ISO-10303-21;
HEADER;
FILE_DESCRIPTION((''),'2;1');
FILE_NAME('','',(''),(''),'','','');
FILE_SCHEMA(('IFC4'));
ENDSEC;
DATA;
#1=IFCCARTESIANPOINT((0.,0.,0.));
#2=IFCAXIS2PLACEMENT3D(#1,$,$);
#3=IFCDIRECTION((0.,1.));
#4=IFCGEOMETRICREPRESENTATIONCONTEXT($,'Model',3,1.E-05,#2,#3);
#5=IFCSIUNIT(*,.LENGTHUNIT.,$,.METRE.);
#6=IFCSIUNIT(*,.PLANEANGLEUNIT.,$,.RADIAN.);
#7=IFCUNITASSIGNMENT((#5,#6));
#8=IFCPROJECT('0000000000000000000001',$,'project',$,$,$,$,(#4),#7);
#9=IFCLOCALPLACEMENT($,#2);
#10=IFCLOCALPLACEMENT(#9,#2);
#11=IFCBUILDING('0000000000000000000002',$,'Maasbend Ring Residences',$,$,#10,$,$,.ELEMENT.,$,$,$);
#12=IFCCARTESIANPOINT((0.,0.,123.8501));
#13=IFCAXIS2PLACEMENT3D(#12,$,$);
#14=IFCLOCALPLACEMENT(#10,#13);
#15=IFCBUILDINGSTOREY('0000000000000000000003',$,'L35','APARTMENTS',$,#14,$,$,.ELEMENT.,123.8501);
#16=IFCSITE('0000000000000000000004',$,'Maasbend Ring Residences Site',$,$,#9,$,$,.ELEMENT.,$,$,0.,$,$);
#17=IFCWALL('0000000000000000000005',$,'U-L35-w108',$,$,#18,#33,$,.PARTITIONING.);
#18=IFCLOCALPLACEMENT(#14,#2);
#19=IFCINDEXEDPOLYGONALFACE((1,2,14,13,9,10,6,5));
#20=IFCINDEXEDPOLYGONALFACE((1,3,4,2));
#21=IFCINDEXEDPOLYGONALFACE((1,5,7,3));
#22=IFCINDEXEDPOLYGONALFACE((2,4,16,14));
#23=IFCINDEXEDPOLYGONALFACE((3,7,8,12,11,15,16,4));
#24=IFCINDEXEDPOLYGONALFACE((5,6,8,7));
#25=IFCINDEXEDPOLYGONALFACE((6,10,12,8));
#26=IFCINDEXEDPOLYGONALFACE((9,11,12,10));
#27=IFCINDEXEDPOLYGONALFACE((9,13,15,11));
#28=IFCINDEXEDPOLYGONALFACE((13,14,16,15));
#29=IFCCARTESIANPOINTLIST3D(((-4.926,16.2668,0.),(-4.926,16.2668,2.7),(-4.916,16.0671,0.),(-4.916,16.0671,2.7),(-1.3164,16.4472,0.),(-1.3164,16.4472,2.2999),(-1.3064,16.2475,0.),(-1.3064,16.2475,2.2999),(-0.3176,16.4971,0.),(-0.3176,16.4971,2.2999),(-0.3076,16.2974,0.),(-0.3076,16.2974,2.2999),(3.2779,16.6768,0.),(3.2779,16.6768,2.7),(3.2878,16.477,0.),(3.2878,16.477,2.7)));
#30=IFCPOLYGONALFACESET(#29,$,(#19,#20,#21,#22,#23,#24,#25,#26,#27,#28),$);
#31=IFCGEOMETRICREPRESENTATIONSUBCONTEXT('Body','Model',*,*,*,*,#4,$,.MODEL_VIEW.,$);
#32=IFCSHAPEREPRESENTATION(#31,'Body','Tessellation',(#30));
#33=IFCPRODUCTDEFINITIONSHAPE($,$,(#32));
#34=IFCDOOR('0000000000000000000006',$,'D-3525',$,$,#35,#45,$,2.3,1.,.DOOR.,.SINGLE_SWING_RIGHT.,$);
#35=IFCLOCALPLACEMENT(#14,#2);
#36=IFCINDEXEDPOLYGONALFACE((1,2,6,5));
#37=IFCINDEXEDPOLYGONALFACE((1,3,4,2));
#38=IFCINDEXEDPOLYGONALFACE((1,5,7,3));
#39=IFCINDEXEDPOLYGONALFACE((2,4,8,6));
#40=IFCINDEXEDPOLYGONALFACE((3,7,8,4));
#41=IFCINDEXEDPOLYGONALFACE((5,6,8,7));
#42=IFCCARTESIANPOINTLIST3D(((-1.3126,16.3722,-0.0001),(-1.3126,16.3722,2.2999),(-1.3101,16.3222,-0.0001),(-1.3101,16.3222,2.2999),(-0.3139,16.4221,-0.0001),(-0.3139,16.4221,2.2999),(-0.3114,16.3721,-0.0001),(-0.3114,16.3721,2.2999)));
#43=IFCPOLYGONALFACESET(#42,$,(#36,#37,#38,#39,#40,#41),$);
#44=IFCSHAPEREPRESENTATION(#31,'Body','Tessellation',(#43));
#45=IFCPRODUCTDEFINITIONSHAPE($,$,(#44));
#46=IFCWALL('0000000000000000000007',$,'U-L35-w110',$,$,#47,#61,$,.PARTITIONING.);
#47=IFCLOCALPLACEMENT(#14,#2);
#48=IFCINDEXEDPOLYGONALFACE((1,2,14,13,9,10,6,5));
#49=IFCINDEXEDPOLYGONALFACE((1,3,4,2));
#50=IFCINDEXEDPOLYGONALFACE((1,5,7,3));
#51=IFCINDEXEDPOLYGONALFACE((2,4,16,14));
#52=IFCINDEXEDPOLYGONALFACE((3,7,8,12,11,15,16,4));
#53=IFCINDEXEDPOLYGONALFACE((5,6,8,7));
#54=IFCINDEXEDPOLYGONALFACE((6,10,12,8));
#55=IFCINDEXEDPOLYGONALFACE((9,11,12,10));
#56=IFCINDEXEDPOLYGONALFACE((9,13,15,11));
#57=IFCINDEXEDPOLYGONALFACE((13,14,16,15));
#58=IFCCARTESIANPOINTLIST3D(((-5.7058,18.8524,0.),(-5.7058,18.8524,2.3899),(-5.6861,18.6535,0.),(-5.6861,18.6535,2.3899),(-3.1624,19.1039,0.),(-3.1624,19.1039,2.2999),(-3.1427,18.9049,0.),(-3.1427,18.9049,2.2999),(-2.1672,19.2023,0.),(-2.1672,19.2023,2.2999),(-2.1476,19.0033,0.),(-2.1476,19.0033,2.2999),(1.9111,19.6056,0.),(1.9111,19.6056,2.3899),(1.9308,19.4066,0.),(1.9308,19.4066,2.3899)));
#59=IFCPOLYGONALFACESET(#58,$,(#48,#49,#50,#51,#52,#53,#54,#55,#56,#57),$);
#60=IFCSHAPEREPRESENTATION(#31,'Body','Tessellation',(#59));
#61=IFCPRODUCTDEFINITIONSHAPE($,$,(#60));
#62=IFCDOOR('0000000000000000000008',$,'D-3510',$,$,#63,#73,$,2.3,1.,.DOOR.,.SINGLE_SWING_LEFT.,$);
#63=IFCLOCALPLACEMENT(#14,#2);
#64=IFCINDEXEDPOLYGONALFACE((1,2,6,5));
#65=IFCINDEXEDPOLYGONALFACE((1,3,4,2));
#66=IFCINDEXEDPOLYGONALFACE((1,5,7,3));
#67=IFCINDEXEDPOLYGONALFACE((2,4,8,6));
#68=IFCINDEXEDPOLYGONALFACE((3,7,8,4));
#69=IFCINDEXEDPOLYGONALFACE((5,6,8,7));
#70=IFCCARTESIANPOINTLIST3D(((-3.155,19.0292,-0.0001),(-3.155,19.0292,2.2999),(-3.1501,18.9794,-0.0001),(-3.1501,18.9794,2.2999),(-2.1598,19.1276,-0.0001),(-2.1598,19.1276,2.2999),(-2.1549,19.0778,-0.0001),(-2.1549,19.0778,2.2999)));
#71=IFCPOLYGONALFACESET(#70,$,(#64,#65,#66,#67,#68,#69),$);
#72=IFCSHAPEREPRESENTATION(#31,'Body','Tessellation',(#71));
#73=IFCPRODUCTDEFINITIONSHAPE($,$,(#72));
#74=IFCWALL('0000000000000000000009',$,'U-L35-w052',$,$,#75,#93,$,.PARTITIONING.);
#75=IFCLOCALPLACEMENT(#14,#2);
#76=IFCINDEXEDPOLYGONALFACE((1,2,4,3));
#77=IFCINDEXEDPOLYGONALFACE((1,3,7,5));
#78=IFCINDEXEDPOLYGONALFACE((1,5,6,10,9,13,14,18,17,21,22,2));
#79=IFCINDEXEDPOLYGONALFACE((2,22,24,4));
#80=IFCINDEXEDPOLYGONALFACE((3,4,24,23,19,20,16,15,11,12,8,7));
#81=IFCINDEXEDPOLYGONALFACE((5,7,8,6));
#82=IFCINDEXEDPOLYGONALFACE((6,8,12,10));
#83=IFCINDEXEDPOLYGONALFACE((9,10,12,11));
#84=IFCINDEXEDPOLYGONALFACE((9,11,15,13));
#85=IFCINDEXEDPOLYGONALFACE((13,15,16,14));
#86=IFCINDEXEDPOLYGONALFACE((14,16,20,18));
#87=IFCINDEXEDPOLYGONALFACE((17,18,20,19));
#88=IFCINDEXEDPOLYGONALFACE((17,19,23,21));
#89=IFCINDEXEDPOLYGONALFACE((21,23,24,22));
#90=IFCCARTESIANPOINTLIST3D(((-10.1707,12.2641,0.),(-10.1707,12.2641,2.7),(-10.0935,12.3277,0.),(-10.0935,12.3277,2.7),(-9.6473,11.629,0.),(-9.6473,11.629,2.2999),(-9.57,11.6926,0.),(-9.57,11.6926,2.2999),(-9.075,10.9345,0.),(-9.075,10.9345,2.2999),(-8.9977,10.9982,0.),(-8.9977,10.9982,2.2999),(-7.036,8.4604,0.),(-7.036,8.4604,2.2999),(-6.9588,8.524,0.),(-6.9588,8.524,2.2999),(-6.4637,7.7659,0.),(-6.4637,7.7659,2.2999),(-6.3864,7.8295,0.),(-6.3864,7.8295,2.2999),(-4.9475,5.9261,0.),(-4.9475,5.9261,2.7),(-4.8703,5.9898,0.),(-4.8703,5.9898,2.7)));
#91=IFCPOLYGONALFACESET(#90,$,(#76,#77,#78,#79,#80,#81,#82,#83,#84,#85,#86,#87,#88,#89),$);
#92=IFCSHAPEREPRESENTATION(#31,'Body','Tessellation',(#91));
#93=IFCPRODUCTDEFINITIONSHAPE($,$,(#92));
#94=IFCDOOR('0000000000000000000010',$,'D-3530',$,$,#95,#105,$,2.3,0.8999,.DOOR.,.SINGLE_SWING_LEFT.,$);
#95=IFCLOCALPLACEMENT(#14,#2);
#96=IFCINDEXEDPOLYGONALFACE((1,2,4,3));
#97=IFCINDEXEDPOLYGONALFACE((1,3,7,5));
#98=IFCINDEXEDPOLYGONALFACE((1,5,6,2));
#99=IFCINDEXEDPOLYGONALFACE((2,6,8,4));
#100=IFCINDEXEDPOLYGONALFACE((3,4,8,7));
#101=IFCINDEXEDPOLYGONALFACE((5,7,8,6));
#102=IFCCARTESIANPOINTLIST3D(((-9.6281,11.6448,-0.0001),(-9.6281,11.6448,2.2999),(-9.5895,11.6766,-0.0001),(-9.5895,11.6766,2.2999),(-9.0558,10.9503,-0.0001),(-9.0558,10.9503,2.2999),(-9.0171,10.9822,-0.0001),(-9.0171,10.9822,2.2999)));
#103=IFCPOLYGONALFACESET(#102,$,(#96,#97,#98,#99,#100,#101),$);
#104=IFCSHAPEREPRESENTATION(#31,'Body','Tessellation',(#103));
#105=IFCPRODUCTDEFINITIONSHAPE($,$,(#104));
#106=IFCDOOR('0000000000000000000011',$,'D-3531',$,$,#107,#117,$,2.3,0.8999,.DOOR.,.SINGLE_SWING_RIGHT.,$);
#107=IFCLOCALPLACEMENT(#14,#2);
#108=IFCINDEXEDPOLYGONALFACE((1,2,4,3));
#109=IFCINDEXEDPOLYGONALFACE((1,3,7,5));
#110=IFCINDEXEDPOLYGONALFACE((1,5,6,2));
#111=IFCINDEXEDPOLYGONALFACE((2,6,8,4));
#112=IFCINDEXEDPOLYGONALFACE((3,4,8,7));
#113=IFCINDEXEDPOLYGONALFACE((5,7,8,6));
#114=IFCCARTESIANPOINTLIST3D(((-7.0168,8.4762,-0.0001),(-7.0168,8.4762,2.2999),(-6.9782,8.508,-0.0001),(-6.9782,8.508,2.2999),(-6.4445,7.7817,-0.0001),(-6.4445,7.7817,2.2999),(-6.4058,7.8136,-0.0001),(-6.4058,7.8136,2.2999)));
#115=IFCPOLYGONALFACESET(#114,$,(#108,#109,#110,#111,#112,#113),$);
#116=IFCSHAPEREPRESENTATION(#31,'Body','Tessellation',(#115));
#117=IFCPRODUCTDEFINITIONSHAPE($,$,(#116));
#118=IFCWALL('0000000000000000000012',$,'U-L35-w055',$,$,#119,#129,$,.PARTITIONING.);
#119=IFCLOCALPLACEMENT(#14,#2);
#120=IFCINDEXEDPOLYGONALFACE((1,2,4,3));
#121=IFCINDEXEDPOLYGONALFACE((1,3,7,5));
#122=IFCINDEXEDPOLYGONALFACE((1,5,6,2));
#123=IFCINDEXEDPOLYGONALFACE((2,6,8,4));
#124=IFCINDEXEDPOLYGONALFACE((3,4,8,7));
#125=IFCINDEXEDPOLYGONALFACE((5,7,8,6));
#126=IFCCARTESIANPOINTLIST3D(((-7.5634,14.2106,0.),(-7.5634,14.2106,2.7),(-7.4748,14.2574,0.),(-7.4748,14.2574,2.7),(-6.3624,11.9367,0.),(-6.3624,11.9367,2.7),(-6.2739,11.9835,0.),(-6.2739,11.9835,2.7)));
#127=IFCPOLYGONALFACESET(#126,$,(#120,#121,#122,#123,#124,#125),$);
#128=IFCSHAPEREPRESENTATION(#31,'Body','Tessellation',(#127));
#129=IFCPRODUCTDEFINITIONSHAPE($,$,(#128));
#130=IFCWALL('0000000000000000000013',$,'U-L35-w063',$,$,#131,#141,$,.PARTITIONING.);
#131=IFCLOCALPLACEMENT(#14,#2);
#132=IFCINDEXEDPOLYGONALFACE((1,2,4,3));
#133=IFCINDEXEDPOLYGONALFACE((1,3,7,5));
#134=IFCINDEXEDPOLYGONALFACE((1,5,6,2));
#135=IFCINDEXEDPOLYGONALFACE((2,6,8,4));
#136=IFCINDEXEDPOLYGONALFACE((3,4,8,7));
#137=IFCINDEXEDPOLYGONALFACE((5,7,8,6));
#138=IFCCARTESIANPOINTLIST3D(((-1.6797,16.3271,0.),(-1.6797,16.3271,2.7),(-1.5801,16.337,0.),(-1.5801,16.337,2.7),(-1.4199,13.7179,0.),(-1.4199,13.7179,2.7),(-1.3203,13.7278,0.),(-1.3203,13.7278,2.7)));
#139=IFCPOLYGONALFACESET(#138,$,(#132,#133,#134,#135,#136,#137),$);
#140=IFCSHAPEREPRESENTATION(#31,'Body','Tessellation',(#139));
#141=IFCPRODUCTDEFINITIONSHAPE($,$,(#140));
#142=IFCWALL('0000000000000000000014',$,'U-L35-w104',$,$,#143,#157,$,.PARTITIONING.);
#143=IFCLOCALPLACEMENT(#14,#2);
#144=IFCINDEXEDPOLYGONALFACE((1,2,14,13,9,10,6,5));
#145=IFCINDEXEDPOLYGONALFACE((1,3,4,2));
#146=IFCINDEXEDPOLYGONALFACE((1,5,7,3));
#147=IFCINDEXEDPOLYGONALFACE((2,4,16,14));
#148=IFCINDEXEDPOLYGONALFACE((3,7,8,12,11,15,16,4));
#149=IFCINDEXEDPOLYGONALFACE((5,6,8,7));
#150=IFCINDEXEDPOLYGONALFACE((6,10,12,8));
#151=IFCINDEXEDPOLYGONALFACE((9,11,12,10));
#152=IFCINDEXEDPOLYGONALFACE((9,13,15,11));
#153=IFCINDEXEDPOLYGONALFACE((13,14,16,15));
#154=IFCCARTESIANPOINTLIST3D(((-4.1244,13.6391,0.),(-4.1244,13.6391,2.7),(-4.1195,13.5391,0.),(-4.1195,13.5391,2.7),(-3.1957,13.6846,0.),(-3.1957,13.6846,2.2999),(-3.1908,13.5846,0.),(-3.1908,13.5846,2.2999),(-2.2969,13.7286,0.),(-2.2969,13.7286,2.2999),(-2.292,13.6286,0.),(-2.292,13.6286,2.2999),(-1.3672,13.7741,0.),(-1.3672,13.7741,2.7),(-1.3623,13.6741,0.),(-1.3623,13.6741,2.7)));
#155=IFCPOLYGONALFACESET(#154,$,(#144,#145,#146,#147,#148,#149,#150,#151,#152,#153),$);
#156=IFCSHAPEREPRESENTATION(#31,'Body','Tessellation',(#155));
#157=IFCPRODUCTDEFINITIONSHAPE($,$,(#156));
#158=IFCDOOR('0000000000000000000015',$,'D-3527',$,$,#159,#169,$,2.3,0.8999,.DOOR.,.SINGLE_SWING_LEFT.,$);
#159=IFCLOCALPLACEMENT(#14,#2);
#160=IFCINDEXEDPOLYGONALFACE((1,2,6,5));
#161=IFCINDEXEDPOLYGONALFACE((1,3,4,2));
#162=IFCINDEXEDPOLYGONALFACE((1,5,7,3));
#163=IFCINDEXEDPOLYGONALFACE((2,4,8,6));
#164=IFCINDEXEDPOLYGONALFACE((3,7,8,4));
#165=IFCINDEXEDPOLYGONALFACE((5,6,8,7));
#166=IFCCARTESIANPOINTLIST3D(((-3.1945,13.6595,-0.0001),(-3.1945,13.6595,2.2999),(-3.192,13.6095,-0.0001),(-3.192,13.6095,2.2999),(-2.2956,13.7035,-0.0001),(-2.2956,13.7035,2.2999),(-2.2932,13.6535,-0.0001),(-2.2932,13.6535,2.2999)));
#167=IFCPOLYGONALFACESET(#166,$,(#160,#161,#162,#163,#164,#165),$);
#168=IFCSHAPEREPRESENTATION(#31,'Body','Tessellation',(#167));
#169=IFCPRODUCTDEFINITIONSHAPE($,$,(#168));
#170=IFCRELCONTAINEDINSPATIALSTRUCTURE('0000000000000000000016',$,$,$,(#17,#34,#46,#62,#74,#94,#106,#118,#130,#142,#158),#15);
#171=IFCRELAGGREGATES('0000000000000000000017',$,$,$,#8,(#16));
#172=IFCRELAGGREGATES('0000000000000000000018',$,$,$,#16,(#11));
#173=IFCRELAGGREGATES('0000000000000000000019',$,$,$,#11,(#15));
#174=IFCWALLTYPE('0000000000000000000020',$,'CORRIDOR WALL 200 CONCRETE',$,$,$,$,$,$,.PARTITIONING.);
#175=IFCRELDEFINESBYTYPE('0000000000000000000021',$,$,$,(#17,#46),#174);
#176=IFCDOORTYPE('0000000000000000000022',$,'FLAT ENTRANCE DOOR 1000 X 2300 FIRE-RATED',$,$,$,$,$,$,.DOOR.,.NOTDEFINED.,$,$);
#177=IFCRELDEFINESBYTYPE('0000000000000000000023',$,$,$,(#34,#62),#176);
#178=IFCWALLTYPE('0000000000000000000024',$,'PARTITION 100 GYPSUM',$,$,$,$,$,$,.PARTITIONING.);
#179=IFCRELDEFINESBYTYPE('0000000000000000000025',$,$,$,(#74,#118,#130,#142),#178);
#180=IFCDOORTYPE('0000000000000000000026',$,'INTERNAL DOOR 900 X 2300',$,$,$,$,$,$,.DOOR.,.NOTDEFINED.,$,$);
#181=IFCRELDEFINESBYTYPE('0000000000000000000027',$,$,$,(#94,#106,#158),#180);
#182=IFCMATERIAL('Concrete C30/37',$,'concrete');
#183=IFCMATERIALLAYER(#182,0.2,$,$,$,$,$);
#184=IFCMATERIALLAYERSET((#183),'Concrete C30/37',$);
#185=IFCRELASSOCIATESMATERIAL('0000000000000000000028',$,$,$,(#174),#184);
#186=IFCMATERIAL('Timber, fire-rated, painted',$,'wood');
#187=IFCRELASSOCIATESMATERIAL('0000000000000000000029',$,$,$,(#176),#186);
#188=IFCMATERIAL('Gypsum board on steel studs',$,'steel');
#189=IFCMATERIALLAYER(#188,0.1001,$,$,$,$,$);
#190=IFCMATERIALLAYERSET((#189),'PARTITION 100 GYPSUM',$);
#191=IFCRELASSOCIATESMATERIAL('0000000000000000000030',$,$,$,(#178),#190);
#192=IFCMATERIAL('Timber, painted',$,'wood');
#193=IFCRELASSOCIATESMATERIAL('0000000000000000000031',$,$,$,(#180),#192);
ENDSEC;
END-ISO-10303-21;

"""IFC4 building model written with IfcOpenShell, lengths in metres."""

from ifc_helpers import new_model, si_unit, direction, frame, frame_2d, origin, place, context, subcontext, project, spatial, rectangle, extrude, material, layer, layer_set, type_object, element, fill, save


model = new_model("IFC4")

# Units and contexts
model_context = context("Model", 3, precision=1e-05, world=origin(), true_north=direction((0.0, 1.0)))
body_context = subcontext(model_context, "Body", "Model", "MODEL_VIEW")
ifc_project = project(units=[si_unit("LENGTHUNIT", "METRE"), si_unit("PLANEANGLEUNIT", "RADIAN")], contexts=[model_context])

# Site, building, storey
site_placement = place(None, origin())
site = spatial("IfcSite", under=ifc_project, at=site_placement, Name="Maasbend Ring Residences Site", CompositionType="ELEMENT", RefElevation=0.0)
building_placement = place(site_placement, origin())
building = spatial("IfcBuilding", under=site, at=building_placement, Name="Maasbend Ring Residences", CompositionType="ELEMENT")
storey_placement = place(building_placement, frame((0.0, 0.0, 123.8501)))
storey = spatial("IfcBuildingStorey", under=building, at=storey_placement, Name="L35", Description="APARTMENTS", CompositionType="ELEMENT", Elevation=123.8501)

# Walls, openings, doors
ifc_material_1 = material(Name="Concrete C30/37", Category="concrete")
ifc_layer_1 = layer(ifc_material_1, 0.2)
ifc_layer_set_1 = layer_set([ifc_layer_1], Name="Concrete C30/37")
wall_type_1 = type_object("IfcWallType", Name="CORRIDOR WALL 200 CONCRETE", PredefinedType="PARTITIONING", material=ifc_layer_set_1)
wall_1_placement = place(storey_placement, frame((-4.9209, 16.167, 0.0), z_axis=(0.0, 0.0, 1.0), x_axis=(0.998754, 0.049904, 0.0)))
wall_1 = element("IfcWall", 1, at=wall_1_placement, inside=storey, type_object=wall_type_1, Name="U-L35-w108", PredefinedType="PARTITIONING", context=body_context, shape_type="SweptSolid", body=[
    extrude(rectangle(XDim=8.2141, YDim=0.2, at=frame_2d((4.1069, 0.0))), origin(), (0.0, 0.0, 1.0), 2.7),
])
opening_1_placement = place(wall_1_placement, frame((3.614, 0.0, 0.0)))
opening_1 = element("IfcOpeningElement", 2, at=opening_1_placement, cuts=wall_1, PredefinedType="OPENING", context=body_context, shape_type="SweptSolid", body=[
    extrude(rectangle(XDim=1.0, YDim=2.3, at=frame_2d((0.5, 1.1499))), frame((0.0, 0.1099, 0.0), z_axis=(0.0, -1.0, 0.0), x_axis=(1.0, 0.0, 0.0)), (0.0, 0.0, 1.0), 0.22),
])
ifc_material_2 = material(Name="Timber, fire-rated, painted", Category="wood")
door_type_1 = type_object("IfcDoorType", Name="FLAT ENTRANCE DOOR 1000 X 2300 FIRE-RATED", OperationType="NOTDEFINED", PredefinedType="DOOR", material=ifc_material_2)
door_1_placement = place(opening_1_placement, origin())
door_1 = element("IfcDoor", 3, at=door_1_placement, inside=storey, type_object=door_type_1, Name="D-3525", OperationType="SINGLE_SWING_RIGHT", OverallHeight=2.3, OverallWidth=1.0, PredefinedType="DOOR", context=body_context, shape_type="SweptSolid", body=[
    extrude(rectangle(XDim=1.0, YDim=2.3, at=frame_2d((0.5, 1.1499))), frame((0.0, 0.0249, 0.0), z_axis=(0.0, -1.0, 0.0), x_axis=(1.0, 0.0, 0.0)), (0.0, 0.0, 1.0), 0.05),
])
fill(opening_1, door_1)
wall_2_placement = place(storey_placement, frame((-5.696, 18.7529, 0.0), z_axis=(0.0, 0.0, 1.0), x_axis=(0.995147, 0.098401, 0.0)))
wall_2 = element("IfcWall", 4, at=wall_2_placement, inside=storey, type_object=wall_type_1, Name="U-L35-w110", PredefinedType="PARTITIONING", context=body_context, shape_type="SweptSolid", body=[
    extrude(rectangle(XDim=7.6541, YDim=0.2, at=frame_2d((3.8271, 0.0))), origin(), (0.0, 0.0, 1.0), 2.3899),
])
opening_2_placement = place(wall_2_placement, frame((2.5559, 0.0, 0.0)))
opening_2 = element("IfcOpeningElement", 5, at=opening_2_placement, cuts=wall_2, PredefinedType="OPENING", context=body_context, shape_type="SweptSolid", body=[
    extrude(rectangle(XDim=1.0, YDim=2.3, at=frame_2d((0.5, 1.1499))), frame((0.0, 0.1099, 0.0), z_axis=(0.0, -1.0, 0.0), x_axis=(1.0, 0.0, 0.0)), (0.0, 0.0, 1.0), 0.22),
])
door_2_placement = place(opening_2_placement, origin())
door_2 = element("IfcDoor", 6, at=door_2_placement, inside=storey, type_object=door_type_1, Name="D-3510", OperationType="SINGLE_SWING_LEFT", OverallHeight=2.3, OverallWidth=1.0, PredefinedType="DOOR", context=body_context, shape_type="SweptSolid", body=[
    extrude(rectangle(XDim=1.0, YDim=2.3, at=frame_2d((0.5, 1.1499))), frame((0.0, 0.0249, 0.0), z_axis=(0.0, -1.0, 0.0), x_axis=(1.0, 0.0, 0.0)), (0.0, 0.0, 1.0), 0.05),
])
fill(opening_2, door_2)

# Wall, openings, doors
ifc_material_3 = material(Name="Gypsum board on steel studs", Category="steel")
ifc_layer_2 = layer(ifc_material_3, 0.1001)
ifc_layer_set_2 = layer_set([ifc_layer_2], Name="PARTITION 100 GYPSUM")
wall_type_2 = type_object("IfcWallType", Name="PARTITION 100 GYPSUM", PredefinedType="PARTITIONING", material=ifc_layer_set_2)
wall_3_placement = place(storey_placement, frame((-10.1321, 12.2959, 0.0), z_axis=(0.0, 0.0, 1.0), x_axis=(0.635976, -0.771709, 0.0)))
wall_3 = element("IfcWall", 7, at=wall_3_placement, inside=storey, type_object=wall_type_2, Name="U-L35-w052", PredefinedType="PARTITIONING", context=body_context, shape_type="SweptSolid", body=[
    extrude(rectangle(XDim=8.2129, YDim=0.1001, at=frame_2d((4.1064, 0.0))), origin(), (0.0, 0.0, 1.0), 2.7),
])
opening_3_placement = place(wall_3_placement, frame((0.823, 0.0, 0.0)))
opening_3 = element("IfcOpeningElement", 8, at=opening_3_placement, cuts=wall_3, PredefinedType="OPENING", context=body_context, shape_type="SweptSolid", body=[
    extrude(rectangle(XDim=0.8999, YDim=2.3, at=frame_2d((0.45, 1.1499))), frame((0.0, 0.0601, 0.0), z_axis=(0.0, -1.0, 0.0), x_axis=(1.0, 0.0, 0.0)), (0.0, 0.0, 1.0), 0.1201),
])
opening_4_placement = place(wall_3_placement, frame((4.929, 0.0, 0.0)))
opening_4 = element("IfcOpeningElement", 9, at=opening_4_placement, cuts=wall_3, PredefinedType="OPENING", context=body_context, shape_type="SweptSolid", body=[
    extrude(rectangle(XDim=0.8999, YDim=2.3, at=frame_2d((0.45, 1.1499))), frame((0.0, 0.0601, 0.0), z_axis=(0.0, -1.0, 0.0), x_axis=(1.0, 0.0, 0.0)), (0.0, 0.0, 1.0), 0.1201),
])
ifc_material_4 = material(Name="Timber, painted", Category="wood")
door_type_2 = type_object("IfcDoorType", Name="INTERNAL DOOR 900 X 2300", OperationType="NOTDEFINED", PredefinedType="DOOR", material=ifc_material_4)
door_3_placement = place(opening_3_placement, origin())
door_3 = element("IfcDoor", 10, at=door_3_placement, inside=storey, type_object=door_type_2, Name="D-3530", OperationType="SINGLE_SWING_LEFT", OverallHeight=2.3, OverallWidth=0.8999, PredefinedType="DOOR", context=body_context, shape_type="SweptSolid", body=[
    extrude(rectangle(XDim=0.8999, YDim=2.3, at=frame_2d((0.45, 1.1499))), frame((0.0, 0.0249, 0.0), z_axis=(0.0, -1.0, 0.0), x_axis=(1.0, 0.0, 0.0)), (0.0, 0.0, 1.0), 0.05),
])
fill(opening_3, door_3)
door_4_placement = place(opening_4_placement, origin())
door_4 = element("IfcDoor", 11, at=door_4_placement, inside=storey, type_object=door_type_2, Name="D-3531", OperationType="SINGLE_SWING_RIGHT", OverallHeight=2.3, OverallWidth=0.8999, PredefinedType="DOOR", context=body_context, shape_type="SweptSolid", body=[
    extrude(rectangle(XDim=0.8999, YDim=2.3, at=frame_2d((0.45, 1.1499))), frame((0.0, 0.0249, 0.0), z_axis=(0.0, -1.0, 0.0), x_axis=(1.0, 0.0, 0.0)), (0.0, 0.0, 1.0), 0.05),
])
fill(opening_4, door_4)

# Walls
wall_4_placement = place(storey_placement, frame((-7.519, 14.2339, 0.0), z_axis=(0.0, 0.0, 1.0), x_axis=(0.467002, -0.884256, 0.0)))
element("IfcWall", 12, at=wall_4_placement, inside=storey, type_object=wall_type_2, Name="U-L35-w055", PredefinedType="PARTITIONING", context=body_context, shape_type="SweptSolid", body=[
    extrude(rectangle(XDim=2.5715, YDim=0.1001, at=frame_2d((1.2856, 0.0))), origin(), (0.0, 0.0, 1.0), 2.7),
])
wall_5_placement = place(storey_placement, frame((-1.6299, 16.332, 0.0), z_axis=(0.0, 0.0, 1.0), x_axis=(0.09907, -0.99508, 0.0)))
element("IfcWall", 13, at=wall_5_placement, inside=storey, type_object=wall_type_2, Name="U-L35-w063", PredefinedType="PARTITIONING", context=body_context, shape_type="SweptSolid", body=[
    extrude(rectangle(XDim=2.6221, YDim=0.1001, at=frame_2d((1.311, 0.0))), origin(), (0.0, 0.0, 1.0), 2.7),
])

# Wall, opening, door
wall_6_placement = place(storey_placement, frame((-4.1221, 13.5891, 0.0), z_axis=(0.0, 0.0, 1.0), x_axis=(0.998803, 0.04891, 0.0)))
wall_6 = element("IfcWall", 14, at=wall_6_placement, inside=storey, type_object=wall_type_2, Name="U-L35-w104", PredefinedType="PARTITIONING", context=body_context, shape_type="SweptSolid", body=[
    extrude(rectangle(XDim=2.7605, YDim=0.1001, at=frame_2d((1.3804, 0.0))), origin(), (0.0, 0.0, 1.0), 2.7),
])
opening_5_placement = place(wall_6_placement, frame((0.9299, 0.0, 0.0)))
opening_5 = element("IfcOpeningElement", 15, at=opening_5_placement, cuts=wall_6, PredefinedType="OPENING", context=body_context, shape_type="SweptSolid", body=[
    extrude(rectangle(XDim=0.8999, YDim=2.3, at=frame_2d((0.45, 1.1499))), frame((0.0, 0.0601, 0.0), z_axis=(0.0, -1.0, 0.0), x_axis=(1.0, 0.0, 0.0)), (0.0, 0.0, 1.0), 0.1201),
])
door_5_placement = place(opening_5_placement, origin())
door_5 = element("IfcDoor", 16, at=door_5_placement, inside=storey, type_object=door_type_2, Name="D-3527", OperationType="SINGLE_SWING_LEFT", OverallHeight=2.3, OverallWidth=0.8999, PredefinedType="DOOR", context=body_context, shape_type="SweptSolid", body=[
    extrude(rectangle(XDim=0.8999, YDim=2.3, at=frame_2d((0.45, 1.1499))), frame((0.0, 0.0249, 0.0), z_axis=(0.0, -1.0, 0.0), x_axis=(1.0, 0.0, 0.0)), (0.0, 0.0, 1.0), 0.05),
])
fill(opening_5, door_5)

save(model, "model.ifc")
